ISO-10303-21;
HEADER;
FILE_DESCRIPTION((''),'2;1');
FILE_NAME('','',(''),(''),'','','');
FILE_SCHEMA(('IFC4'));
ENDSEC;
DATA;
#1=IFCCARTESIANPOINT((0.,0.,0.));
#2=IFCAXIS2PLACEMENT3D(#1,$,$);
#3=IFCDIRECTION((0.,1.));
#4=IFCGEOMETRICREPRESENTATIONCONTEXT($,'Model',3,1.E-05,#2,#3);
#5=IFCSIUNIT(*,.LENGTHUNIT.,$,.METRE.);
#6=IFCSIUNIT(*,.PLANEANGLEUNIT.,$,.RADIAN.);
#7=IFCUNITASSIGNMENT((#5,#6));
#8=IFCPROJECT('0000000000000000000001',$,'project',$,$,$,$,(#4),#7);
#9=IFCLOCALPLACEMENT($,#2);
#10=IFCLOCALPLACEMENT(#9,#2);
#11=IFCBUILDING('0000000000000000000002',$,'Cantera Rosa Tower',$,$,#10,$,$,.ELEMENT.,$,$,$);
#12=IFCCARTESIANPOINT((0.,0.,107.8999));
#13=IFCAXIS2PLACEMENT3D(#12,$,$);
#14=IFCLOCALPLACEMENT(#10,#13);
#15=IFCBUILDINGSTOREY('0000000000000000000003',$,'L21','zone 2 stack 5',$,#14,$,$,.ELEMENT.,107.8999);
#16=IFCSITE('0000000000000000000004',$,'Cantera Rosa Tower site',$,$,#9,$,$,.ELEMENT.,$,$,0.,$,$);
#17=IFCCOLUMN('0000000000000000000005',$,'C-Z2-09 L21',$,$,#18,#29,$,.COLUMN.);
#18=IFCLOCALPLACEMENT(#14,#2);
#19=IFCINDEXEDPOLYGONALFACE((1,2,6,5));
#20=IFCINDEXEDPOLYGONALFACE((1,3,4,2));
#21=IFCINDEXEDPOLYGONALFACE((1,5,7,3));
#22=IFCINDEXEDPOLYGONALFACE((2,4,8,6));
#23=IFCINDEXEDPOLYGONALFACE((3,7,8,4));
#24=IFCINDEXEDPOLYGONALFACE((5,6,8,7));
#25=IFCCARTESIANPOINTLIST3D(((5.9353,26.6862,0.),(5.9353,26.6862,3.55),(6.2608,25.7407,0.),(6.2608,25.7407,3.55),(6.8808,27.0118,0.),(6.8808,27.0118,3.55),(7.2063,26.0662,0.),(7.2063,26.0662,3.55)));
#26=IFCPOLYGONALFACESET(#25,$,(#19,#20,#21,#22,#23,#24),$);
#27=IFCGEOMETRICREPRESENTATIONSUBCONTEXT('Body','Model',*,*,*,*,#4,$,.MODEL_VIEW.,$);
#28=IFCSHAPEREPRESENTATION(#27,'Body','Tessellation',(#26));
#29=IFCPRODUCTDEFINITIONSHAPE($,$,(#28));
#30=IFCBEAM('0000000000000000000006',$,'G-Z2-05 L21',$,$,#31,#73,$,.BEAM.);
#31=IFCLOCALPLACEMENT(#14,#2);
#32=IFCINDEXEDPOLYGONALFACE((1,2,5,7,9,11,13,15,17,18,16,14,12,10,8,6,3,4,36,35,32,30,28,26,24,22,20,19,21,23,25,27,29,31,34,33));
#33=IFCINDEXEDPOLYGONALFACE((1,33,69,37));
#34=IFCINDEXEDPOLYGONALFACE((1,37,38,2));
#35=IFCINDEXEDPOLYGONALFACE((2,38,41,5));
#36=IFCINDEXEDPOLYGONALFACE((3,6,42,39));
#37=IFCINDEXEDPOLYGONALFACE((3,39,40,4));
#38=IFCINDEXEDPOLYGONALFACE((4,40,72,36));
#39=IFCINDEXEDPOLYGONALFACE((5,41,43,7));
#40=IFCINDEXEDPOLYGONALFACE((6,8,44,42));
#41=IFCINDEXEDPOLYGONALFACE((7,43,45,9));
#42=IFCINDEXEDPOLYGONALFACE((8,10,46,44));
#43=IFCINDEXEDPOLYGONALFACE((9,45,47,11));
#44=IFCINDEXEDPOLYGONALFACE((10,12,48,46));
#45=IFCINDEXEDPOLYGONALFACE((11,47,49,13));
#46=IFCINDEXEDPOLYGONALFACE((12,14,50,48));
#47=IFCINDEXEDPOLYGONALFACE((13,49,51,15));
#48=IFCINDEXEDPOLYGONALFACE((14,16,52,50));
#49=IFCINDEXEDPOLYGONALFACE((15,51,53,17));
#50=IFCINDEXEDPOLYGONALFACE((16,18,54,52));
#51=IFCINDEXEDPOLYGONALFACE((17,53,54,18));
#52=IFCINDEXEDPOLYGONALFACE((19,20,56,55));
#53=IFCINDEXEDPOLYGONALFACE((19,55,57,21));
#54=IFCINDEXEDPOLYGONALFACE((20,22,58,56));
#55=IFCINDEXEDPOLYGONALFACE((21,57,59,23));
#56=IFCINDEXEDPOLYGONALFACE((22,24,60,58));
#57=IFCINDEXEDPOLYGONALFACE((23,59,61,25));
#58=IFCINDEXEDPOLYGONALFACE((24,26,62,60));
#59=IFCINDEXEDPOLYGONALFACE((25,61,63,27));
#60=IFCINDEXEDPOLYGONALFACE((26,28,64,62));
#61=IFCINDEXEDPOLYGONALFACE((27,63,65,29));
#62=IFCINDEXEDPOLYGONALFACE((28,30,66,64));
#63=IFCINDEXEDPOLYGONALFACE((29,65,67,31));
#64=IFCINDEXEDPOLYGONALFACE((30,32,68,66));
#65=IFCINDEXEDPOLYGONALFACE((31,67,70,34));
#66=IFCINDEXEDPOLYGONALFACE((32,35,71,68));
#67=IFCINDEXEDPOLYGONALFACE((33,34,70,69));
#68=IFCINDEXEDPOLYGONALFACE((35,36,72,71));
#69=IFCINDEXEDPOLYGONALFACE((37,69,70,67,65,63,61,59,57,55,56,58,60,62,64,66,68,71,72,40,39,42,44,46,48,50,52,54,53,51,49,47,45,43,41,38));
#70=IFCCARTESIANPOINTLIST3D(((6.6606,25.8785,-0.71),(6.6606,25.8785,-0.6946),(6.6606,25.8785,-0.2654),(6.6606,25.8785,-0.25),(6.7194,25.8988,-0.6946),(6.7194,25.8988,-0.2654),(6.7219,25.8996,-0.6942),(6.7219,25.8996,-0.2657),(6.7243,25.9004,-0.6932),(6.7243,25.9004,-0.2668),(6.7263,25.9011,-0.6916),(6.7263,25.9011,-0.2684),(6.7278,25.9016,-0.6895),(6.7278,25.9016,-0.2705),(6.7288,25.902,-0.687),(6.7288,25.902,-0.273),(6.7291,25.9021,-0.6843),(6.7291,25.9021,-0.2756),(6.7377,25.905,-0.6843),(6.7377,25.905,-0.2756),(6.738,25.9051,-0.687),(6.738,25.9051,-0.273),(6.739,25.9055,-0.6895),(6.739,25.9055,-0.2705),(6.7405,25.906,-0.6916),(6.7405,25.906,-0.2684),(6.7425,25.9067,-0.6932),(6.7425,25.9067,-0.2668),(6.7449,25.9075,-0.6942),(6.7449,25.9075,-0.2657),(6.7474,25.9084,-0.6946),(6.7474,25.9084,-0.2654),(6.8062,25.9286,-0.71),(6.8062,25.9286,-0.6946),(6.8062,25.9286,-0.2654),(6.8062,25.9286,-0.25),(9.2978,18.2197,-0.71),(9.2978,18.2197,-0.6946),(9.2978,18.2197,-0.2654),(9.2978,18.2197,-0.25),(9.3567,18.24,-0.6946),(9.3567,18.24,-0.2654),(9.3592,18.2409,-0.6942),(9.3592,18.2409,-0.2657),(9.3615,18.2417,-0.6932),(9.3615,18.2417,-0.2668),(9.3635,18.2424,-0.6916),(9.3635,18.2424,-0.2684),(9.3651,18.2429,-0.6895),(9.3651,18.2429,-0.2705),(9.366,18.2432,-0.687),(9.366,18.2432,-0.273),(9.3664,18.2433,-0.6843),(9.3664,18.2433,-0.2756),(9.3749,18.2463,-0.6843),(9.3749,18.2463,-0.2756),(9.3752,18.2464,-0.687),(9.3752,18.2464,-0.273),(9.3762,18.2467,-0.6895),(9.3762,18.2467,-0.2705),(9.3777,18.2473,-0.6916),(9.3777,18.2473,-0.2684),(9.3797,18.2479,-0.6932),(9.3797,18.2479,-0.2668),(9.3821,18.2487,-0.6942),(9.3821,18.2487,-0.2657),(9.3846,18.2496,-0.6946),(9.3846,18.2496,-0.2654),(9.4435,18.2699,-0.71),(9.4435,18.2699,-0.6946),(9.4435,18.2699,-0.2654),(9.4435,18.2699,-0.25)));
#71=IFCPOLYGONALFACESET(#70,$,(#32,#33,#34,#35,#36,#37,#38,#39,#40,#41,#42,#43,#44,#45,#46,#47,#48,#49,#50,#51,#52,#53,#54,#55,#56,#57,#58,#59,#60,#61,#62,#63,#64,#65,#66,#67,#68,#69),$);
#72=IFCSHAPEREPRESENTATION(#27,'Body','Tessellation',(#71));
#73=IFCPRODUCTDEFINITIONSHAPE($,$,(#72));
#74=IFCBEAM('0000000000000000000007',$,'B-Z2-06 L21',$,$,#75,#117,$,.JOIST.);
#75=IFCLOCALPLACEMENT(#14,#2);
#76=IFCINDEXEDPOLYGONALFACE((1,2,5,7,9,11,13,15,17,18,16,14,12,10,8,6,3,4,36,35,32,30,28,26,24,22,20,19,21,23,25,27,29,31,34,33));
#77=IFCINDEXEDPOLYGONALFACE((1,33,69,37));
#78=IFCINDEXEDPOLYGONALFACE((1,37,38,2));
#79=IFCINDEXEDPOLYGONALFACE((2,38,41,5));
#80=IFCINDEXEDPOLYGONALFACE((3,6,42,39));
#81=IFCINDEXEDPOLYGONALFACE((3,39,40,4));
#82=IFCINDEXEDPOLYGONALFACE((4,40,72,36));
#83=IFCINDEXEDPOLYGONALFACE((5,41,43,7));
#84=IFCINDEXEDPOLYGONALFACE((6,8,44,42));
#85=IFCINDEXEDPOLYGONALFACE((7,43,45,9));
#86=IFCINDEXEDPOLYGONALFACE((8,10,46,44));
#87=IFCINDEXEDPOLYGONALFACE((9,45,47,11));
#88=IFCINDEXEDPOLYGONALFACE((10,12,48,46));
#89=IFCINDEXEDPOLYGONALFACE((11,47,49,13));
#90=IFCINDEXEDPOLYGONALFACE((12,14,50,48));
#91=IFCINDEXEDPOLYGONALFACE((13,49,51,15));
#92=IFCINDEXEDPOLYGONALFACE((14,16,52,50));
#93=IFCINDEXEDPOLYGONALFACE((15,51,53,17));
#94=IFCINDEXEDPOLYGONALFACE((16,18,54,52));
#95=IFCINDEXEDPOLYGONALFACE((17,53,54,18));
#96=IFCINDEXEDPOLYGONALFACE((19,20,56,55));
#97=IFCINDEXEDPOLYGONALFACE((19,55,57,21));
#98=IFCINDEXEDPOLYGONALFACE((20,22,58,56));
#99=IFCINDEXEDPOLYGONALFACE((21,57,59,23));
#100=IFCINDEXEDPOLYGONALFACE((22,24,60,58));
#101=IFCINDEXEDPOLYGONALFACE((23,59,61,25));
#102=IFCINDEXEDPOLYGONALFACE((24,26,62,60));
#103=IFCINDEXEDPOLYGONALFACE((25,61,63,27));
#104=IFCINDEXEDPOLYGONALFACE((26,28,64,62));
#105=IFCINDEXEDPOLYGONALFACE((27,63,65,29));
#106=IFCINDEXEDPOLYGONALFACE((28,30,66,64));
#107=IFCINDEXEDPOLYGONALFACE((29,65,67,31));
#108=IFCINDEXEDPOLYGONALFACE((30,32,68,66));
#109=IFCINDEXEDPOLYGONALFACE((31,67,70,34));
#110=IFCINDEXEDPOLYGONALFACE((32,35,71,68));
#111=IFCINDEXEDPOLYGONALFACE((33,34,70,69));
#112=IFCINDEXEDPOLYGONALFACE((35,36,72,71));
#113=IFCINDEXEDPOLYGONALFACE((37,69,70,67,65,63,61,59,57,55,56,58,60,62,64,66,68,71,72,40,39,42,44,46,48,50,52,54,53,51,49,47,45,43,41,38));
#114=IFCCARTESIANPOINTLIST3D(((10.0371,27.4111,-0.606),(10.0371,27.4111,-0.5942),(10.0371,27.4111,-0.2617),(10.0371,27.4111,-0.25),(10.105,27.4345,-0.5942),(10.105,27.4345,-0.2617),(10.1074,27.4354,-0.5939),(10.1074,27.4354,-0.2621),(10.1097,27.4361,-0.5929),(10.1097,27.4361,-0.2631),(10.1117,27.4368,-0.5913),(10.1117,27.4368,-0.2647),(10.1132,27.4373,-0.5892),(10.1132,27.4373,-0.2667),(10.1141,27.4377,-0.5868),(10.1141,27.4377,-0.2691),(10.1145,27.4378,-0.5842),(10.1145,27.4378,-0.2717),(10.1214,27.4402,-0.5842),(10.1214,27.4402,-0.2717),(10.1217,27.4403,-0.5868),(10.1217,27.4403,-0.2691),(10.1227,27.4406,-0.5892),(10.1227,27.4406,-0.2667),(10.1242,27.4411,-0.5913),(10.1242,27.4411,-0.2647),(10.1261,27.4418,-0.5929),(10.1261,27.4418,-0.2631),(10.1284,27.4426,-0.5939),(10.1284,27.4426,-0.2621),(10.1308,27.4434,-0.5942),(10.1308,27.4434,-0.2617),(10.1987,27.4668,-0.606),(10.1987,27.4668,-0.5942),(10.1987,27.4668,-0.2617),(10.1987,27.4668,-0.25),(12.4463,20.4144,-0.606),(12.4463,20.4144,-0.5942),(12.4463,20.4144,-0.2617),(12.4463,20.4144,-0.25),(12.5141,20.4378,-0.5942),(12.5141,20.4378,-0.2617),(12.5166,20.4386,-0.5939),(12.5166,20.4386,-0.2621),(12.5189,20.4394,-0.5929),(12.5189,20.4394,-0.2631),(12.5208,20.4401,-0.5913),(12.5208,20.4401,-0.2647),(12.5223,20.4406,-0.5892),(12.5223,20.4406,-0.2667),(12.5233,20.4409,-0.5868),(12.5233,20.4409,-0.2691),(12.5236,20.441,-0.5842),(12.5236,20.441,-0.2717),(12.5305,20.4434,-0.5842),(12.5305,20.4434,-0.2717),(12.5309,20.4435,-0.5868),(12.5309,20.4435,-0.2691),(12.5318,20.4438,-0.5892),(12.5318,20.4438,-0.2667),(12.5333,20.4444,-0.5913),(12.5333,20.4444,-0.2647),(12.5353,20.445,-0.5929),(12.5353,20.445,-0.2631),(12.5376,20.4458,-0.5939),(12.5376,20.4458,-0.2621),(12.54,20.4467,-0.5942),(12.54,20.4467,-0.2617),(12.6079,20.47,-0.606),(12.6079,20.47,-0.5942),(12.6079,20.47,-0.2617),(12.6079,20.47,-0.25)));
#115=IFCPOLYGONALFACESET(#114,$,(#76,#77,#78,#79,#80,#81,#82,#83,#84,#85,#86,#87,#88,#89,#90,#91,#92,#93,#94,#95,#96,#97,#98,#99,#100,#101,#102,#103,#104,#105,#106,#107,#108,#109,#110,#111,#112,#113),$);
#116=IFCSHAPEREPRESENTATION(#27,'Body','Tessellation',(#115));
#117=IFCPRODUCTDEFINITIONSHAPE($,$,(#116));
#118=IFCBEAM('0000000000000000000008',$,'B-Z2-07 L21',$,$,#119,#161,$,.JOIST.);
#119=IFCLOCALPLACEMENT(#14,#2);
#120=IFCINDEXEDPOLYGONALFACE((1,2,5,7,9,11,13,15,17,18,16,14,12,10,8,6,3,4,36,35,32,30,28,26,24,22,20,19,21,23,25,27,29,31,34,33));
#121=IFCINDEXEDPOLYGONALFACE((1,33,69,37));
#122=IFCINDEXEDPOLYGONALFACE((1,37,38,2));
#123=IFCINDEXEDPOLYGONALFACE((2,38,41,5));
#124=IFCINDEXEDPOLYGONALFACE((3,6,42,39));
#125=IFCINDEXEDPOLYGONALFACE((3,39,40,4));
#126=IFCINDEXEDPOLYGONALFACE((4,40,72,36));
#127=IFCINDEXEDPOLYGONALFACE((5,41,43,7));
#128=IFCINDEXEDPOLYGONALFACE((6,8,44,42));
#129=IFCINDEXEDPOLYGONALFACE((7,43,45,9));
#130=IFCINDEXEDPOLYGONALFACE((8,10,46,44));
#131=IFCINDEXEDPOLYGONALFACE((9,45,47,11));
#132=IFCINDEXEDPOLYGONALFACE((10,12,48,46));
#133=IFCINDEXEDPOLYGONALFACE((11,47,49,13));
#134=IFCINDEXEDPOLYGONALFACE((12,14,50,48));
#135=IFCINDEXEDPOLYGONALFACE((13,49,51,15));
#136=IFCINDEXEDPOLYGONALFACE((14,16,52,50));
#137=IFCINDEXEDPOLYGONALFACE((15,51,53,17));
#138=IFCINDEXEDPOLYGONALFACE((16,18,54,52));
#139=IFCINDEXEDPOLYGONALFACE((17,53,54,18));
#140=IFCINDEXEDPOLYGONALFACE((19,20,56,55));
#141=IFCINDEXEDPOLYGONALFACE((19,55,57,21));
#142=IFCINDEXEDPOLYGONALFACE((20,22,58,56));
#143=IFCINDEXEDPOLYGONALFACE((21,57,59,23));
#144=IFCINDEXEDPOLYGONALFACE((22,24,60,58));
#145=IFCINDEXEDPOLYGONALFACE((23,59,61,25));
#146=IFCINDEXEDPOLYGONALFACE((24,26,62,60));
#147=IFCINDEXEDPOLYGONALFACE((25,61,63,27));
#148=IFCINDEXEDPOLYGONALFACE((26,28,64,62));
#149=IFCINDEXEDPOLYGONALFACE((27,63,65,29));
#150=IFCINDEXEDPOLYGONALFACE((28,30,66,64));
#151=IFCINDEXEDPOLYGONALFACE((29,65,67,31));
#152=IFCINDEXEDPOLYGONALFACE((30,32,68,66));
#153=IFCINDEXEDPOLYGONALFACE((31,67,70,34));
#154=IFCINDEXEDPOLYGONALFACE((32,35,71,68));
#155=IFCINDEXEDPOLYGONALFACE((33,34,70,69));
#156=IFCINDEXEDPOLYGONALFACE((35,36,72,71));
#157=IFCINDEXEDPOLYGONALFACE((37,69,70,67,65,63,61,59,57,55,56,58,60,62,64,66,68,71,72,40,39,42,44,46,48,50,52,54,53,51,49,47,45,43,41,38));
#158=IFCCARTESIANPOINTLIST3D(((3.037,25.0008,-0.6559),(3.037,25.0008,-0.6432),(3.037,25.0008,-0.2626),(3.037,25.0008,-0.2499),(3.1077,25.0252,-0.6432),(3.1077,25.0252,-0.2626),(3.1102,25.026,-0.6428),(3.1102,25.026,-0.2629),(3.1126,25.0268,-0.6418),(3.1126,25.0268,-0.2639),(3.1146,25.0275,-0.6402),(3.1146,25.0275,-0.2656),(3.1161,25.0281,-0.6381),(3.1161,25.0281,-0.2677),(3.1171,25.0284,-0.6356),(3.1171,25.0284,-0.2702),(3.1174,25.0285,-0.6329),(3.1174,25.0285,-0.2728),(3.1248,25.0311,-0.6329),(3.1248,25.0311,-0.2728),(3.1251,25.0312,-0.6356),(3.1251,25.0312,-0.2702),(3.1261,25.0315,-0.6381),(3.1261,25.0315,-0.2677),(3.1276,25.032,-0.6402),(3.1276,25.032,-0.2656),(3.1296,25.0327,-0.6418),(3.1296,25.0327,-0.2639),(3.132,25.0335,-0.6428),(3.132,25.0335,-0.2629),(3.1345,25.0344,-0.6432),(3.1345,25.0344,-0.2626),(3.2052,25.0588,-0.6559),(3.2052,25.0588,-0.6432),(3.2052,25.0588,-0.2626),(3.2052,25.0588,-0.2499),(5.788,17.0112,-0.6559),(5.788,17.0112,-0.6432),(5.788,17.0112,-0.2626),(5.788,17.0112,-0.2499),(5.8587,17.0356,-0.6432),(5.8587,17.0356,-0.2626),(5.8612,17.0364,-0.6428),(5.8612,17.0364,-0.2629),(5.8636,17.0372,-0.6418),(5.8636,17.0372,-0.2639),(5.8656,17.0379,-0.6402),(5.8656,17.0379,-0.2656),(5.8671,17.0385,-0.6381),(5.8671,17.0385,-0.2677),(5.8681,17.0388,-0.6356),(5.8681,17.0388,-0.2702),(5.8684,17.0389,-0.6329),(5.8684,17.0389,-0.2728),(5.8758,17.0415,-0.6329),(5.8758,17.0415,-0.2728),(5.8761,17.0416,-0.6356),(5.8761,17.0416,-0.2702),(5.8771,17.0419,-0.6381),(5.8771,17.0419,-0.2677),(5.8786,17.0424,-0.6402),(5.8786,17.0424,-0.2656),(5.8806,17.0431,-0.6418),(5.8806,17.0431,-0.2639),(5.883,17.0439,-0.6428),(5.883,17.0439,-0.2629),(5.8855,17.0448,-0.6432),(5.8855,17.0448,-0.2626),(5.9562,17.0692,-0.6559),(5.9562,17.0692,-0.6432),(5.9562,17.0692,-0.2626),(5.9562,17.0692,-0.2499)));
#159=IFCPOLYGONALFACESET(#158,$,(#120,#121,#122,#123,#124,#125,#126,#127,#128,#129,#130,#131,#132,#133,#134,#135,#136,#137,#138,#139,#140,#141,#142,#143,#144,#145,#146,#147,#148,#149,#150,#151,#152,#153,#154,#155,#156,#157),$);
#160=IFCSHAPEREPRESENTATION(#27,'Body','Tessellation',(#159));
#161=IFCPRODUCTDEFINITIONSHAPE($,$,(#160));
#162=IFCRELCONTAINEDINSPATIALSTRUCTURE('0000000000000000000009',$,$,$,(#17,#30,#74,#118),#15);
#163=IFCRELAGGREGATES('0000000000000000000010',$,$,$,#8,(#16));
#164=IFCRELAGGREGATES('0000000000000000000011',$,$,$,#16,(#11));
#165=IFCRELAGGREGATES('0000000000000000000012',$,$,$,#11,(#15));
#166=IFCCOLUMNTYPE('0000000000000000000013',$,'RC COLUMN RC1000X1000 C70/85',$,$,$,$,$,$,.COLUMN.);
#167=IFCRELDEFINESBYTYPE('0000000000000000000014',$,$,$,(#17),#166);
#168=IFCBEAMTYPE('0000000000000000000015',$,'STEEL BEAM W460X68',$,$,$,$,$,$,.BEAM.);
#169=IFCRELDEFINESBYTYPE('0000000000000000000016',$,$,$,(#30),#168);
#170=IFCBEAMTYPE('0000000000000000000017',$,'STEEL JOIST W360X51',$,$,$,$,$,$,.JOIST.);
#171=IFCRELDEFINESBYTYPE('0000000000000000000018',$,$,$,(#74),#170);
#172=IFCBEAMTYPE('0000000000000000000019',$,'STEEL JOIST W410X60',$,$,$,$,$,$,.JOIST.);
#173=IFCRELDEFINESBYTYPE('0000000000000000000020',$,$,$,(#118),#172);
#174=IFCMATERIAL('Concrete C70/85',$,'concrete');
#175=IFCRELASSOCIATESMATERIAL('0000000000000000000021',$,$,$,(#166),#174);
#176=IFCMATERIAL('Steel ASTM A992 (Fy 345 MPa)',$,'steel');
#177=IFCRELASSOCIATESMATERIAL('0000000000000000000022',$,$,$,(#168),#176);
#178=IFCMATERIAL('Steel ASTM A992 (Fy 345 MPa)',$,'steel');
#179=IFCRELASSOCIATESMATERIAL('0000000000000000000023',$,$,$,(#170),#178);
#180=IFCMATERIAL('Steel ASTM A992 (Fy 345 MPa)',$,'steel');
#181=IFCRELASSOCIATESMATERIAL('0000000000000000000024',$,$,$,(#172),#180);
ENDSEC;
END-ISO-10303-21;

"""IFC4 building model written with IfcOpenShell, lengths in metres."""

from ifc_helpers import new_model, si_unit, direction, frame, origin, origin_2d, place, context, subcontext, project, spatial, rectangle, i_section, extrude, material, material_profile, profile_set, type_object, element, save


model = new_model("IFC4")

# Units and contexts
model_context = context("Model", 3, precision=1e-05, world=origin(), true_north=direction((0.0, 1.0)))
body_context = subcontext(model_context, "Body", "Model", "MODEL_VIEW")
ifc_project = project(units=[si_unit("LENGTHUNIT", "METRE"), si_unit("PLANEANGLEUNIT", "RADIAN")], contexts=[model_context])

# Site, building, storey
site_placement = place(None, origin())
site = spatial("IfcSite", under=ifc_project, at=site_placement, Name="Cantera Rosa Tower site", CompositionType="ELEMENT", RefElevation=0.0)
building_placement = place(site_placement, origin())
building = spatial("IfcBuilding", under=site, at=building_placement, Name="Cantera Rosa Tower", CompositionType="ELEMENT")
storey_placement = place(building_placement, frame((0.0, 0.0, 107.8999)))
storey = spatial("IfcBuildingStorey", under=building, at=storey_placement, Name="L21", Description="zone 2 stack 5", CompositionType="ELEMENT", Elevation=107.8999)

# Column
ifc_material_1 = material(Name="Concrete C70/85", Category="concrete")
ifc_material_profile_1 = material_profile(ifc_material_1, rectangle(XDim=1.0, YDim=1.0, at=origin_2d()), Name="RC COLUMN RC1000X1000 C70/85")
ifc_profile_set_1 = profile_set([ifc_material_profile_1], Name="Concrete C70/85")
column_type = type_object("IfcColumnType", Name="RC COLUMN RC1000X1000 C70/85", PredefinedType="COLUMN", material=ifc_profile_set_1)
column_placement = place(storey_placement, frame((6.5708, 26.3762, 0.0), z_axis=(0.0, 0.0, 1.0), x_axis=(0.945519, 0.325568, 0.0)))
element("IfcColumn", 1, at=column_placement, inside=storey, type_object=column_type, Name="C-Z2-09 L21", PredefinedType="COLUMN", context=body_context, shape_type="SweptSolid", body=[
    extrude(rectangle(XDim=1.0, YDim=1.0, at=origin_2d()), origin(), (0.0, 0.0, 1.0), 3.55),
])

# Beams
ifc_material_2 = material(Name="Steel ASTM A992 (Fy 345 MPa)", Category="steel")
ifc_material_profile_2 = material_profile(ifc_material_2, i_section(OverallWidth=0.1541, OverallDepth=0.46, WebThickness=0.009, FlangeThickness=0.0154, FilletRadius=0.0103, at=origin_2d()), Name="W460X68")
ifc_profile_set_2 = profile_set([ifc_material_profile_2], Name="Steel ASTM A992 (Fy 345 MPa)")
beam_type_1 = type_object("IfcBeamType", Name="STEEL BEAM W460X68", PredefinedType="BEAM", material=ifc_profile_set_2)
beam_1_placement = place(storey_placement, frame((6.7334, 25.9036, -0.48), z_axis=(0.32558, -0.945514, 0.0), x_axis=(0.945514, 0.32558, 0.0)))
element("IfcBeam", 2, at=beam_1_placement, inside=storey, type_object=beam_type_1, Name="G-Z2-05 L21", PredefinedType="BEAM", context=body_context, shape_type="SweptSolid", body=[
    extrude(i_section(OverallWidth=0.1541, OverallDepth=0.46, WebThickness=0.009, FlangeThickness=0.0154, FilletRadius=0.0103, at=origin_2d()), origin(), (0.0, 0.0, 1.0), 8.1001),
])
ifc_material_3 = material(Name="Steel ASTM A992 (Fy 345 MPa)", Category="steel")
ifc_material_profile_3 = material_profile(ifc_material_3, i_section(OverallWidth=0.1709, OverallDepth=0.356, WebThickness=0.0073, FlangeThickness=0.0117, FilletRadius=0.01, at=origin_2d()), Name="W360X51")
ifc_profile_set_3 = profile_set([ifc_material_profile_3], Name="Steel ASTM A992 (Fy 345 MPa)")
beam_type_2 = type_object("IfcBeamType", Name="STEEL JOIST W360X51", PredefinedType="JOIST", material=ifc_profile_set_3)
beam_2_placement = place(storey_placement, frame((10.1179, 27.439, -0.428), z_axis=(0.325566, -0.945519, 0.0), x_axis=(0.945519, 0.325566, 0.0)))
element("IfcBeam", 3, at=beam_2_placement, inside=storey, type_object=beam_type_2, Name="B-Z2-06 L21", PredefinedType="JOIST", context=body_context, shape_type="SweptSolid", body=[
    extrude(i_section(OverallWidth=0.1709, OverallDepth=0.356, WebThickness=0.0073, FlangeThickness=0.0117, FilletRadius=0.01, at=origin_2d()), origin(), (0.0, 0.0, 1.0), 7.3999),
])
ifc_material_4 = material(Name="Steel ASTM A992 (Fy 345 MPa)", Category="steel")
ifc_material_profile_4 = material_profile(ifc_material_4, i_section(OverallWidth=0.178, OverallDepth=0.406, WebThickness=0.0078, FlangeThickness=0.0127, FilletRadius=0.0103, at=origin_2d()), Name="W410X60")
ifc_profile_set_4 = profile_set([ifc_material_profile_4], Name="Steel ASTM A992 (Fy 345 MPa)")
beam_type_3 = type_object("IfcBeamType", Name="STEEL JOIST W410X60", PredefinedType="JOIST", material=ifc_profile_set_4)
beam_3_placement = place(storey_placement, frame((3.1211, 25.0298, -0.4529), z_axis=(0.325565, -0.94552, 0.0), x_axis=(0.94552, 0.325565, 0.0)))
element("IfcBeam", 4, at=beam_3_placement, inside=storey, type_object=beam_type_3, Name="B-Z2-07 L21", PredefinedType="JOIST", context=body_context, shape_type="SweptSolid", body=[
    extrude(i_section(OverallWidth=0.178, OverallDepth=0.406, WebThickness=0.0078, FlangeThickness=0.0127, FilletRadius=0.0103, at=origin_2d()), origin(), (0.0, 0.0, 1.0), 8.45),
])

save(model, "model.ifc")
